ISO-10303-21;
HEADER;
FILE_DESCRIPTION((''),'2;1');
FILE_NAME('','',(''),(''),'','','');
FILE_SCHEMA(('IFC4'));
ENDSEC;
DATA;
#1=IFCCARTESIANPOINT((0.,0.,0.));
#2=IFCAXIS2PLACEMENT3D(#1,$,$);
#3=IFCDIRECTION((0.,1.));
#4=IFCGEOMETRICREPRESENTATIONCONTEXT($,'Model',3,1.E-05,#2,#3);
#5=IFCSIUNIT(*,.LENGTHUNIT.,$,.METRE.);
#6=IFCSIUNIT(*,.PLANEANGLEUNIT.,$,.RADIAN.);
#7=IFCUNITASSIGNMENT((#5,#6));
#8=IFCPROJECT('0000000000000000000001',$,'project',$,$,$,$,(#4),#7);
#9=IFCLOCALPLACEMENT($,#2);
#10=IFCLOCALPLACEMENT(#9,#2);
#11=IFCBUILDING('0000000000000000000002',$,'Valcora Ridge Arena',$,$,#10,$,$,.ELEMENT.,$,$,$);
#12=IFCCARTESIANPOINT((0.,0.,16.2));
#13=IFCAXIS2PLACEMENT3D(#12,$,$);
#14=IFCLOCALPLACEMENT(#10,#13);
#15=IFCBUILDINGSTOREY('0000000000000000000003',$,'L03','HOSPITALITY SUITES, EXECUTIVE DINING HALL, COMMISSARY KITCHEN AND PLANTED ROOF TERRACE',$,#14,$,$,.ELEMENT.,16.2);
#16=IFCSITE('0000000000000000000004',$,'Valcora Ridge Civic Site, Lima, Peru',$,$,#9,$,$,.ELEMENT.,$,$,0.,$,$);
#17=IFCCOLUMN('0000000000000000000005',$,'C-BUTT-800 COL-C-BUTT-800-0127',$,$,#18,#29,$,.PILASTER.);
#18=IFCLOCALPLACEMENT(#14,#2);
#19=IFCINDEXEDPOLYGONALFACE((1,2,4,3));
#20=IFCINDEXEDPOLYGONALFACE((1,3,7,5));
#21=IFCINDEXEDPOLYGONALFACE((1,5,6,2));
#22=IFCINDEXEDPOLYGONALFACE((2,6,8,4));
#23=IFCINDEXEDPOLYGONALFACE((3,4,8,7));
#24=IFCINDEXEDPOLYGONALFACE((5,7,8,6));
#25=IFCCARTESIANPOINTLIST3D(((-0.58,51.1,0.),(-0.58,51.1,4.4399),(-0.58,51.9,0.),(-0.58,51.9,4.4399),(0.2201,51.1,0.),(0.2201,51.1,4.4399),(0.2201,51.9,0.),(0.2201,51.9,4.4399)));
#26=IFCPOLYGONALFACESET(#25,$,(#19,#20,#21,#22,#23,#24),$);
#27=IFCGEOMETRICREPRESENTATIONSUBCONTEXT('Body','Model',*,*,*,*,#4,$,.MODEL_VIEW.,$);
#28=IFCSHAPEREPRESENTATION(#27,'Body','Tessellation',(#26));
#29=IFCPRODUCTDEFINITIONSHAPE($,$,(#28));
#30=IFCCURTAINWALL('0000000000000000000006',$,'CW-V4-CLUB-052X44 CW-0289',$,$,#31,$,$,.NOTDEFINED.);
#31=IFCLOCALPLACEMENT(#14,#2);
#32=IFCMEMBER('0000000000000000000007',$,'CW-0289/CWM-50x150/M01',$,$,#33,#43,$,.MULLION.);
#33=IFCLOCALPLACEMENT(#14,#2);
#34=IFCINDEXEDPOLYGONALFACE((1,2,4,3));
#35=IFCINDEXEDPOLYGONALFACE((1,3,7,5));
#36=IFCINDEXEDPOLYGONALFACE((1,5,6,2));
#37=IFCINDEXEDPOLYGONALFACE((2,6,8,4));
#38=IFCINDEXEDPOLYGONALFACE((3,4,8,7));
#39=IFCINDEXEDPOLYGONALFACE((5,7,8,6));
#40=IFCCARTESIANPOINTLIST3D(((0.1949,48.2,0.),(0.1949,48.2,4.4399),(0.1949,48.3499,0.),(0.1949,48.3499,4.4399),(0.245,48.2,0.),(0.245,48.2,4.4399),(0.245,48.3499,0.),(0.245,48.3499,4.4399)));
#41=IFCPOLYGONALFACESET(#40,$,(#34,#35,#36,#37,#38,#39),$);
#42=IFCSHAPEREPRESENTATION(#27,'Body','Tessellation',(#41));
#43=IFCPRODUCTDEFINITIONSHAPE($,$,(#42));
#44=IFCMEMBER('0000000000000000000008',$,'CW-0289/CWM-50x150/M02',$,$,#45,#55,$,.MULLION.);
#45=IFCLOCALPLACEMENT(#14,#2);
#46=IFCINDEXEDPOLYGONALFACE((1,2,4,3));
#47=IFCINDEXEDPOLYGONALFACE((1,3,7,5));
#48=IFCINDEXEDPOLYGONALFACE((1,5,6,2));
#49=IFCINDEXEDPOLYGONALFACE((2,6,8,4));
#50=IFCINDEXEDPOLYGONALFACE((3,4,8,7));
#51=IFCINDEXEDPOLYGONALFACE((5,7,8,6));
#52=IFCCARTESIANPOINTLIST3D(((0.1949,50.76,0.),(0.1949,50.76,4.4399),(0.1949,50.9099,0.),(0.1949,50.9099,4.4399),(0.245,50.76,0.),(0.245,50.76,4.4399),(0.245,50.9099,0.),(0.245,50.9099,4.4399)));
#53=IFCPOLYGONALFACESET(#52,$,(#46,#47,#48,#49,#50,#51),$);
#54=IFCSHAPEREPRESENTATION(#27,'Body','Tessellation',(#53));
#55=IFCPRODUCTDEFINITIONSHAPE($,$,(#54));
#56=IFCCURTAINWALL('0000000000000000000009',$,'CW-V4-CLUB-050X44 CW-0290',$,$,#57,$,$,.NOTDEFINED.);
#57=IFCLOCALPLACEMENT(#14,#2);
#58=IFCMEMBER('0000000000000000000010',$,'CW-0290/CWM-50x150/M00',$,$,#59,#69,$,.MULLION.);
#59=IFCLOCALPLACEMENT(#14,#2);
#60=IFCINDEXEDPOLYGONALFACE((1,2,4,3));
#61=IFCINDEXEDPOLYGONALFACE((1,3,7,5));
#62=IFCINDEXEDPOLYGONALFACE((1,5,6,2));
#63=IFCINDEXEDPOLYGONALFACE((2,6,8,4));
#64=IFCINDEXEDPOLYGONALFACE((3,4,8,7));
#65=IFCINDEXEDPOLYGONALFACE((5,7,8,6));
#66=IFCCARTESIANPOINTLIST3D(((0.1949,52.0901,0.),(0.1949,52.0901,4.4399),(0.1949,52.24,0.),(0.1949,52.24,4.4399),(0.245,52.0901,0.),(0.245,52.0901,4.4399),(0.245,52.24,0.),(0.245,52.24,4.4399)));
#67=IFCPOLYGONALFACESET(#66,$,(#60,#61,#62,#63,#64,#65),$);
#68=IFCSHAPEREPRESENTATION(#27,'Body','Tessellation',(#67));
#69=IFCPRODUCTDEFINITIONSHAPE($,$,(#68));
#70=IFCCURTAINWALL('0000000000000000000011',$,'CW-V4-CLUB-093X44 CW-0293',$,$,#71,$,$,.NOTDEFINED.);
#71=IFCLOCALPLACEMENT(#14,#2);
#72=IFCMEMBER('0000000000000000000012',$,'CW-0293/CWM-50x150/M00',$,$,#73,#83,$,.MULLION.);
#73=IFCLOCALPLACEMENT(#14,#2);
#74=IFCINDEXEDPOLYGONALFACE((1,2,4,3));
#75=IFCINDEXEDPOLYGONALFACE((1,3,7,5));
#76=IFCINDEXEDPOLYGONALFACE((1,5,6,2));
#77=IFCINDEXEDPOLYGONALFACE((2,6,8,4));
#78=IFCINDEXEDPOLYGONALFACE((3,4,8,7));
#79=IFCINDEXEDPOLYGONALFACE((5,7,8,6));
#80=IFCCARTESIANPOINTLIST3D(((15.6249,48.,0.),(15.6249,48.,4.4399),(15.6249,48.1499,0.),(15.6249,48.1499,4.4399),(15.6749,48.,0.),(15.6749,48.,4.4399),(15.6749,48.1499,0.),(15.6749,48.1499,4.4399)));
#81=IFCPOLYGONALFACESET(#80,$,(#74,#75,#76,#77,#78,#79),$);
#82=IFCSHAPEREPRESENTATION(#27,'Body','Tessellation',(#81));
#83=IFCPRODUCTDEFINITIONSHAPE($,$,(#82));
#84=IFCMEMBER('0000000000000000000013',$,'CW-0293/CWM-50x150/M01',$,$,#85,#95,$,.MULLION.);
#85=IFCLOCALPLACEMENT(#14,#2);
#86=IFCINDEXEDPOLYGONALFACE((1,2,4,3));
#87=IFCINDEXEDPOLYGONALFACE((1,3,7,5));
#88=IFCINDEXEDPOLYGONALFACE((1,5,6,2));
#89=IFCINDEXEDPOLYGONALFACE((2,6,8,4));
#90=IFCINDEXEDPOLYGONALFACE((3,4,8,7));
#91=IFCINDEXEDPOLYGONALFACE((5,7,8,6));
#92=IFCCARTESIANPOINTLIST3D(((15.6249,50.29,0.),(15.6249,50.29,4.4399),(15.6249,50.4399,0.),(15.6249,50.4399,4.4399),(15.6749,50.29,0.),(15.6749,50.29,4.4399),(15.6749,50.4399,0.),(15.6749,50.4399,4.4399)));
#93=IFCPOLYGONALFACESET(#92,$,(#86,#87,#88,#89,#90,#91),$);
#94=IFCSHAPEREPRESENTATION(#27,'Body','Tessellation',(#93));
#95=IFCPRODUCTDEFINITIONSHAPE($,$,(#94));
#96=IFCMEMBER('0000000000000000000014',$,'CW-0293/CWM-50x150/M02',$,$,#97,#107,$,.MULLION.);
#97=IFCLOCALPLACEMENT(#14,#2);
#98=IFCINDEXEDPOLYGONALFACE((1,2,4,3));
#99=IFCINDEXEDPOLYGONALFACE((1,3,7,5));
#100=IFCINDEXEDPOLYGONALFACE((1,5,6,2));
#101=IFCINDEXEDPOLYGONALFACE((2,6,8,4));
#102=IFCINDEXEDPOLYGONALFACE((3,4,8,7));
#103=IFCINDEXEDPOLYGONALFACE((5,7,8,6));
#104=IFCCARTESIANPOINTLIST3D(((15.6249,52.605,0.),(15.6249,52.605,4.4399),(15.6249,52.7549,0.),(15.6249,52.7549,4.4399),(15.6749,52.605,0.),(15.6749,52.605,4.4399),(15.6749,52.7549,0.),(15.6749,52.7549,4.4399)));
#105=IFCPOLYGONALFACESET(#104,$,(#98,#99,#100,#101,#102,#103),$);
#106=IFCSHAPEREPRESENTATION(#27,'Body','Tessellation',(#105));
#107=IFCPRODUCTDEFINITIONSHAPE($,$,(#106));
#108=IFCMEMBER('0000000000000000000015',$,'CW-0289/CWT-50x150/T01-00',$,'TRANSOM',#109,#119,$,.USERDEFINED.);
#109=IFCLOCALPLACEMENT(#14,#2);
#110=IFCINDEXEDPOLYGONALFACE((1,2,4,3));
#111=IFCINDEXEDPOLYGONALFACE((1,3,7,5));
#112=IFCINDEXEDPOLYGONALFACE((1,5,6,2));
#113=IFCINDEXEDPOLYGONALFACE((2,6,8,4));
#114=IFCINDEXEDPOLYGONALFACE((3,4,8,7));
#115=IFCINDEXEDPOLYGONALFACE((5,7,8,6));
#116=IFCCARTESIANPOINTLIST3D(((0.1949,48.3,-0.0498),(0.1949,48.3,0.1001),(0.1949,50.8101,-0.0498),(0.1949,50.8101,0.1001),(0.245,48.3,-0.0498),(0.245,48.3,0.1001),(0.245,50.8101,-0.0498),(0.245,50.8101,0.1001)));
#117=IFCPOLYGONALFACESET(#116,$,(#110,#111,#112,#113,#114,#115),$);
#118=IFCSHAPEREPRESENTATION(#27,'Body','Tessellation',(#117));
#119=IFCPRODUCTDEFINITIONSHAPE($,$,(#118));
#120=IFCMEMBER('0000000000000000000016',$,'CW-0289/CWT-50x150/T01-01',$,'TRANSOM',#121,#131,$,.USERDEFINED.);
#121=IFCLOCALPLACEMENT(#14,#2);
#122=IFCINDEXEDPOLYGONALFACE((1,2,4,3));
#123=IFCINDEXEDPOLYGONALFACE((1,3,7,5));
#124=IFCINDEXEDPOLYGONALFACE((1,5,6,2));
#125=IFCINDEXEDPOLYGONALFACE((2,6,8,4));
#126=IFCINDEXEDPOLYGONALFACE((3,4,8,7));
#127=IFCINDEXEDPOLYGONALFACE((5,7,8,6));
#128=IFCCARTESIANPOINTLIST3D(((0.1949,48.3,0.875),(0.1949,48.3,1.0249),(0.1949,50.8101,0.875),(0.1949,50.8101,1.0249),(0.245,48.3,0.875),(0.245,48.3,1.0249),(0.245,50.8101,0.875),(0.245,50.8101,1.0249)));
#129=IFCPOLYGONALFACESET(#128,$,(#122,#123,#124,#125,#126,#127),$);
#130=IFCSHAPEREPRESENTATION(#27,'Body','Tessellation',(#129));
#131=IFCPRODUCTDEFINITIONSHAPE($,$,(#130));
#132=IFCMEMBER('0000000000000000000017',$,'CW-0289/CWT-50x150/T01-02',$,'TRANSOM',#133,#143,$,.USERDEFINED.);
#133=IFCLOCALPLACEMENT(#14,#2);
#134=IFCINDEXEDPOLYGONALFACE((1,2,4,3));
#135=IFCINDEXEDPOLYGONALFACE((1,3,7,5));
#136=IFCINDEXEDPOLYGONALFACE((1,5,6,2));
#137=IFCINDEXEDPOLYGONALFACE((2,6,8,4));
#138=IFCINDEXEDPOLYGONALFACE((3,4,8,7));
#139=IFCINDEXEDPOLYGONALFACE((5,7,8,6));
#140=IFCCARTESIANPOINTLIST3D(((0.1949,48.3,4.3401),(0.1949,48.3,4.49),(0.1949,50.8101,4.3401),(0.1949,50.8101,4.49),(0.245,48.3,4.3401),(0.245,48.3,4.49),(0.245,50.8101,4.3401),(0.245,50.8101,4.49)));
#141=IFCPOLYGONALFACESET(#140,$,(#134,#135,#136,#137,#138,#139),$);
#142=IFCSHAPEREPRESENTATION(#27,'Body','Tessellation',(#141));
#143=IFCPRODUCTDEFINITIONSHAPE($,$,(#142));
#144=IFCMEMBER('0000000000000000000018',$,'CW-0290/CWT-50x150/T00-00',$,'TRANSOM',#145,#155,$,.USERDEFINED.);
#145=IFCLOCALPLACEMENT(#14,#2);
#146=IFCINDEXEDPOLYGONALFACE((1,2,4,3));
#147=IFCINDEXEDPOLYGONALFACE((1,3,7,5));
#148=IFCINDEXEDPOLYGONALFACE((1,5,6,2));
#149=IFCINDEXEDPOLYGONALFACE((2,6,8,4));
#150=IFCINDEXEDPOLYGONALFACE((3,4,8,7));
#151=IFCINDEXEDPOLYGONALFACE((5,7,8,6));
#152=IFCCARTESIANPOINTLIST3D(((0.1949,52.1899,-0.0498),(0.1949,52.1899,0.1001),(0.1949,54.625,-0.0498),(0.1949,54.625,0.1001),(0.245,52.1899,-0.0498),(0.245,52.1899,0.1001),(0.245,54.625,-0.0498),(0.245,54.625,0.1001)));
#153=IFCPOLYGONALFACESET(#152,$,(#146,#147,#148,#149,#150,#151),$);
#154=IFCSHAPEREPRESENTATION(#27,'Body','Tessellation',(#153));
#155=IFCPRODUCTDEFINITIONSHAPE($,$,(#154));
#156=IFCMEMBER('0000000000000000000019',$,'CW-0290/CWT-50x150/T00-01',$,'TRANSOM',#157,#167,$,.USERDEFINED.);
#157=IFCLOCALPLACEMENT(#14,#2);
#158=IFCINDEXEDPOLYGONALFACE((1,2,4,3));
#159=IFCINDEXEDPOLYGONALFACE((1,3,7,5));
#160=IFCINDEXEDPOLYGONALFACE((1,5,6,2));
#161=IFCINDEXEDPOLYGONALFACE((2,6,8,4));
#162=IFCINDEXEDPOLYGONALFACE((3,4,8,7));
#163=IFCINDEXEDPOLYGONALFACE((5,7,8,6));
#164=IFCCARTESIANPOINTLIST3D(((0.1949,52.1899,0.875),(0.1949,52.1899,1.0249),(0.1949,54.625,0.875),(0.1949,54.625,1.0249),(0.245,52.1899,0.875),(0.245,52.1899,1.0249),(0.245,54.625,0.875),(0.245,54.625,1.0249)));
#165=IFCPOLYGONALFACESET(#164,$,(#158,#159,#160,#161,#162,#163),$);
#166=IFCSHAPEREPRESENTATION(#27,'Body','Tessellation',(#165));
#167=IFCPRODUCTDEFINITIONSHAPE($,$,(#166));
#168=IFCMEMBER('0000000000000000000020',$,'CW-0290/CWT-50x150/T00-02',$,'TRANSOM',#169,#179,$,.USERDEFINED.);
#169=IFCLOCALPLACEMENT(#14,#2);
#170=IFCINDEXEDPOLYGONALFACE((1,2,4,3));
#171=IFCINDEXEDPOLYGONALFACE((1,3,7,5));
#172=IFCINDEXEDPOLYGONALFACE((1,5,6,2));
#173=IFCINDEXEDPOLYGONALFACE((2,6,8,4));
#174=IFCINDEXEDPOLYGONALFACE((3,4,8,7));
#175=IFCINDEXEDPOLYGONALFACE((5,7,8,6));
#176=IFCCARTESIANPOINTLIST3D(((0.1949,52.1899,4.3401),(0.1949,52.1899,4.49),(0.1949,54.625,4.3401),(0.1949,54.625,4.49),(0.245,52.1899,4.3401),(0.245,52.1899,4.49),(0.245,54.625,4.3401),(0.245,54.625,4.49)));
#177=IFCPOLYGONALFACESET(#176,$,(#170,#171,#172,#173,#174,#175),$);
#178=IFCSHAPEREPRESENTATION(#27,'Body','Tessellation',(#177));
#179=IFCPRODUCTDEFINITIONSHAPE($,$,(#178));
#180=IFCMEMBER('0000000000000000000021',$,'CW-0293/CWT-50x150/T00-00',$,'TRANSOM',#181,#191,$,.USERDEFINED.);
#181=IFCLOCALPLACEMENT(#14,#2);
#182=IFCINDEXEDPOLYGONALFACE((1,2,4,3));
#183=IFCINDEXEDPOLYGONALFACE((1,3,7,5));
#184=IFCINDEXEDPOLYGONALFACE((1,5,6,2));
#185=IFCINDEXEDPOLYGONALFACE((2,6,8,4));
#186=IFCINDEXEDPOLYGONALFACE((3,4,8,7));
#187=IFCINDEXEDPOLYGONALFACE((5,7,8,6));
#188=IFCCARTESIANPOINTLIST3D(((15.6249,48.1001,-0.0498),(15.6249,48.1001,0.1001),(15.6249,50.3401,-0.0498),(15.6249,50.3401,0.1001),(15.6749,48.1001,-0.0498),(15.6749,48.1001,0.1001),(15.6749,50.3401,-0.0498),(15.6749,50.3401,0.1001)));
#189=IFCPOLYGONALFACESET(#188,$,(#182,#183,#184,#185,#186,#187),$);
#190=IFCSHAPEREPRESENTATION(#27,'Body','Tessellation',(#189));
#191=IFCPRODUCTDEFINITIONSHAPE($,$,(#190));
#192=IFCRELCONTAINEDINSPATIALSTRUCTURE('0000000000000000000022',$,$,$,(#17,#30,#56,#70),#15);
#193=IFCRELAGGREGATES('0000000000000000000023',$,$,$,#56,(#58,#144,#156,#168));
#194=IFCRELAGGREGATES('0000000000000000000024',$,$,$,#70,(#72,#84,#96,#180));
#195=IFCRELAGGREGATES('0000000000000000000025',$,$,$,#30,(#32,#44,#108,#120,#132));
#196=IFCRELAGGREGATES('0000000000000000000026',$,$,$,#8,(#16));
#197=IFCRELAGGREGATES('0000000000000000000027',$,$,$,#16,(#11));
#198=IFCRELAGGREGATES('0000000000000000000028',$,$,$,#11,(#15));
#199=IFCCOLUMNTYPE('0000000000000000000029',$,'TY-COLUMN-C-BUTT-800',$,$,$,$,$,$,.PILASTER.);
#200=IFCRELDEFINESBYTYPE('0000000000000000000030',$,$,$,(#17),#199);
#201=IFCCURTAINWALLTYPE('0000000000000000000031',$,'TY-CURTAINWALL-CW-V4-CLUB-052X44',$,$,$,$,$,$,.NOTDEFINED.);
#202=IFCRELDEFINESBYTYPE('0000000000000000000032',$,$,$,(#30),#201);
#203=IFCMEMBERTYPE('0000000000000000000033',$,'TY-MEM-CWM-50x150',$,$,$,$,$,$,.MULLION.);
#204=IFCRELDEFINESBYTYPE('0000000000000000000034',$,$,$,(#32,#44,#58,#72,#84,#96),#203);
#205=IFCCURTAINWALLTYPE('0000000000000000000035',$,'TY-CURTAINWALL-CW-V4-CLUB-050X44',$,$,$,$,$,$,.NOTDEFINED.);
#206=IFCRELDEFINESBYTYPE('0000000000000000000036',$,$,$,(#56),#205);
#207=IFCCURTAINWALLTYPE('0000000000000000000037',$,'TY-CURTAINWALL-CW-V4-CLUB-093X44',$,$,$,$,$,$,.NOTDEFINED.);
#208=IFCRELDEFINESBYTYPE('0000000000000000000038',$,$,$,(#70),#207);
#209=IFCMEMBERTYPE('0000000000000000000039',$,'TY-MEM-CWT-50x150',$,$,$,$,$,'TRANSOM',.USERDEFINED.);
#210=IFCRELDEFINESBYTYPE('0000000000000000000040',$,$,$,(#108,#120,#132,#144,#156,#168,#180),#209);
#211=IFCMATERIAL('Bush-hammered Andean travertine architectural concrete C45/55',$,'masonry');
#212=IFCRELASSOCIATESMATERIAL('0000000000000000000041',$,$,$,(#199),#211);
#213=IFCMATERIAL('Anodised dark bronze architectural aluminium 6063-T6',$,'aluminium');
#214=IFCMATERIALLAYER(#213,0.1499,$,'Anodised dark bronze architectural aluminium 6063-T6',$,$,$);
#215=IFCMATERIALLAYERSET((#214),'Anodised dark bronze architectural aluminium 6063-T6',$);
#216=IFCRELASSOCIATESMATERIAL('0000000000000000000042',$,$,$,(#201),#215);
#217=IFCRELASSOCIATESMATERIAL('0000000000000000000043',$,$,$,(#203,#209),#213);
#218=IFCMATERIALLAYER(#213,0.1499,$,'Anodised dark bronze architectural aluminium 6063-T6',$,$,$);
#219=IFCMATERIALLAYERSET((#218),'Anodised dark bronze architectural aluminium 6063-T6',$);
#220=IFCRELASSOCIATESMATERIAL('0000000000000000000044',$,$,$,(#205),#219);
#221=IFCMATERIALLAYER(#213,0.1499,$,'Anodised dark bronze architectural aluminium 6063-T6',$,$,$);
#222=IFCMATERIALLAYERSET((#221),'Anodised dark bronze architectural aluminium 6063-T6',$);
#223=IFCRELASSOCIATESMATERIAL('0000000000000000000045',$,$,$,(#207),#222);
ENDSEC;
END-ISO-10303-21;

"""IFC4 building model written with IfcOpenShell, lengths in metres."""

from ifc_helpers import new_model, si_unit, direction, frame, origin, origin_2d, place, context, subcontext, project, spatial, rectangle, extrude, material, layer, layer_set, material_profile, profile_set, type_object, element, aggregate, save


model = new_model("IFC4")

# Units and contexts
model_context = context("Model", 3, precision=1e-05, world=origin(), true_north=direction((0.0, 1.0)))
body_context = subcontext(model_context, "Body", "Model", "MODEL_VIEW")
ifc_project = project(units=[si_unit("LENGTHUNIT", "METRE"), si_unit("PLANEANGLEUNIT", "RADIAN")], contexts=[model_context])

# Site, building, storey
site_placement = place(None, origin())
site = spatial("IfcSite", under=ifc_project, at=site_placement, Name="Valcora Ridge Civic Site, Lima, Peru", CompositionType="ELEMENT", RefElevation=0.0)
building_placement = place(site_placement, origin())
building = spatial("IfcBuilding", under=site, at=building_placement, Name="Valcora Ridge Arena", CompositionType="ELEMENT")
storey_placement = place(building_placement, frame((0.0, 0.0, 16.2)))
storey = spatial("IfcBuildingStorey", under=building, at=storey_placement, Name="L03", Description="HOSPITALITY SUITES, EXECUTIVE DINING HALL, COMMISSARY KITCHEN AND PLANTED ROOF TERRACE", CompositionType="ELEMENT", Elevation=16.2)

# Column
ifc_material_1 = material(Name="Bush-hammered Andean travertine architectural concrete C45/55", Category="masonry")
ifc_material_profile_1 = material_profile(ifc_material_1, rectangle(XDim=0.8, YDim=0.8, at=origin_2d()), Name="RC 800x800")
ifc_profile_set_1 = profile_set([ifc_material_profile_1], Name="Bush-hammered Andean travertine architectural concrete C45/55")
column_type = type_object("IfcColumnType", Name="TY-COLUMN-C-BUTT-800", PredefinedType="PILASTER", material=ifc_profile_set_1)
column_placement = place(storey_placement, frame((-0.1799, 51.5, 0.0), z_axis=(0.0, 0.0, 1.0), x_axis=(1.0, 0.0, 0.0)))
element("IfcColumn", 1, at=column_placement, inside=storey, type_object=column_type, Name="C-BUTT-800 COL-C-BUTT-800-0127", PredefinedType="PILASTER", context=body_context, shape_type="SweptSolid", body=[
    extrude(rectangle(XDim=0.8, YDim=0.8, at=origin_2d()), origin(), (0.0, 0.0, 1.0), 4.4399),
])

# Curtain wall, members
ifc_material_2 = material(Name="Anodised dark bronze architectural aluminium 6063-T6", Category="aluminium")
ifc_layer_1 = layer(ifc_material_2, 0.1499, Name="Anodised dark bronze architectural aluminium 6063-T6")
ifc_layer_set_1 = layer_set([ifc_layer_1], Name="Anodised dark bronze architectural aluminium 6063-T6")
curtain_wall_type_1 = type_object("IfcCurtainWallType", Name="TY-CURTAINWALL-CW-V4-CLUB-052X44", PredefinedType="NOTDEFINED", material=ifc_layer_set_1)
curtain_wall_1_placement = place(storey_placement, origin())
curtain_wall_1 = element("IfcCurtainWall", 2, at=curtain_wall_1_placement, inside=storey, type_object=curtain_wall_type_1, Name="CW-V4-CLUB-052X44 CW-0289", PredefinedType="NOTDEFINED")
ifc_material_profile_2 = material_profile(ifc_material_2, rectangle(XDim=0.05, YDim=0.1499, at=origin_2d()), Name="ALU MULLION 50x150")
ifc_profile_set_2 = profile_set([ifc_material_profile_2], Name="Anodised dark bronze architectural aluminium 6063-T6")
member_type_1 = type_object("IfcMemberType", Name="TY-MEM-CWM-50x150", PredefinedType="MULLION", material=ifc_profile_set_2)
member_1_placement = place(storey_placement, frame((0.22, 48.2749, 0.0), z_axis=(0.0, 0.0, 1.0), x_axis=(-1.0, 0.0, 0.0)))
member_1 = element("IfcMember", 3, at=member_1_placement, type_object=member_type_1, Name="CW-0289/CWM-50x150/M01", PredefinedType="MULLION", context=body_context, shape_type="SweptSolid", body=[
    extrude(rectangle(XDim=0.05, YDim=0.1499, at=origin_2d()), origin(), (0.0, 0.0, 1.0), 4.4399),
])
member_2_placement = place(storey_placement, frame((0.22, 50.835, 0.0), z_axis=(0.0, 0.0, 1.0), x_axis=(-1.0, 0.0, 0.0)))
member_2 = element("IfcMember", 4, at=member_2_placement, type_object=member_type_1, Name="CW-0289/CWM-50x150/M02", PredefinedType="MULLION", context=body_context, shape_type="SweptSolid", body=[
    extrude(rectangle(XDim=0.05, YDim=0.1499, at=origin_2d()), origin(), (0.0, 0.0, 1.0), 4.4399),
])

# Curtain wall, member
ifc_layer_2 = layer(ifc_material_2, 0.1499, Name="Anodised dark bronze architectural aluminium 6063-T6")
ifc_layer_set_2 = layer_set([ifc_layer_2], Name="Anodised dark bronze architectural aluminium 6063-T6")
curtain_wall_type_2 = type_object("IfcCurtainWallType", Name="TY-CURTAINWALL-CW-V4-CLUB-050X44", PredefinedType="NOTDEFINED", material=ifc_layer_set_2)
curtain_wall_2_placement = place(storey_placement, origin())
curtain_wall_2 = element("IfcCurtainWall", 5, at=curtain_wall_2_placement, inside=storey, type_object=curtain_wall_type_2, Name="CW-V4-CLUB-050X44 CW-0290", PredefinedType="NOTDEFINED")
member_3_placement = place(storey_placement, frame((0.22, 52.165, 0.0), z_axis=(0.0, 0.0, 1.0), x_axis=(-1.0, 0.0, 0.0)))
member_3 = element("IfcMember", 6, at=member_3_placement, type_object=member_type_1, Name="CW-0290/CWM-50x150/M00", PredefinedType="MULLION", context=body_context, shape_type="SweptSolid", body=[
    extrude(rectangle(XDim=0.05, YDim=0.1499, at=origin_2d()), origin(), (0.0, 0.0, 1.0), 4.4399),
])

# Curtain wall, members
ifc_layer_3 = layer(ifc_material_2, 0.1499, Name="Anodised dark bronze architectural aluminium 6063-T6")
ifc_layer_set_3 = layer_set([ifc_layer_3], Name="Anodised dark bronze architectural aluminium 6063-T6")
curtain_wall_type_3 = type_object("IfcCurtainWallType", Name="TY-CURTAINWALL-CW-V4-CLUB-093X44", PredefinedType="NOTDEFINED", material=ifc_layer_set_3)
curtain_wall_3_placement = place(storey_placement, origin())
curtain_wall_3 = element("IfcCurtainWall", 7, at=curtain_wall_3_placement, inside=storey, type_object=curtain_wall_type_3, Name="CW-V4-CLUB-093X44 CW-0293", PredefinedType="NOTDEFINED")
member_4_placement = place(storey_placement, frame((15.6499, 48.075, 0.0), z_axis=(0.0, 0.0, 1.0), x_axis=(-1.0, 0.0, 0.0)))
member_4 = element("IfcMember", 8, at=member_4_placement, type_object=member_type_1, Name="CW-0293/CWM-50x150/M00", PredefinedType="MULLION", context=body_context, shape_type="SweptSolid", body=[
    extrude(rectangle(XDim=0.05, YDim=0.1499, at=origin_2d()), origin(), (0.0, 0.0, 1.0), 4.4399),
])
member_5_placement = place(storey_placement, frame((15.6499, 50.365, 0.0), z_axis=(0.0, 0.0, 1.0), x_axis=(-1.0, 0.0, 0.0)))
member_5 = element("IfcMember", 9, at=member_5_placement, type_object=member_type_1, Name="CW-0293/CWM-50x150/M01", PredefinedType="MULLION", context=body_context, shape_type="SweptSolid", body=[
    extrude(rectangle(XDim=0.05, YDim=0.1499, at=origin_2d()), origin(), (0.0, 0.0, 1.0), 4.4399),
])
member_6_placement = place(storey_placement, frame((15.6499, 52.6799, 0.0), z_axis=(0.0, 0.0, 1.0), x_axis=(-1.0, 0.0, 0.0)))
member_6 = element("IfcMember", 10, at=member_6_placement, type_object=member_type_1, Name="CW-0293/CWM-50x150/M02", PredefinedType="MULLION", context=body_context, shape_type="SweptSolid", body=[
    extrude(rectangle(XDim=0.05, YDim=0.1499, at=origin_2d()), origin(), (0.0, 0.0, 1.0), 4.4399),
])

# Members
ifc_material_profile_3 = material_profile(ifc_material_2, rectangle(XDim=0.05, YDim=0.1499, at=origin_2d()), Name="ALU TRANSOM 50x150")
ifc_profile_set_3 = profile_set([ifc_material_profile_3], Name="Anodised dark bronze architectural aluminium 6063-T6")
member_type_2 = type_object("IfcMemberType", Name="TY-MEM-CWT-50x150", ElementType="TRANSOM", PredefinedType="USERDEFINED", material=ifc_profile_set_3)
member_7_placement = place(storey_placement, frame((0.22, 48.3, 0.0251), z_axis=(0.0, 1.0, 0.0), x_axis=(-1.0, 0.0, 0.0)))
member_7 = element("IfcMember", 11, at=member_7_placement, type_object=member_type_2, Name="CW-0289/CWT-50x150/T01-00", ObjectType="TRANSOM", PredefinedType="USERDEFINED", context=body_context, shape_type="SweptSolid", body=[
    extrude(rectangle(XDim=0.05, YDim=0.1499, at=origin_2d()), origin(), (0.0, 0.0, 1.0), 2.51),
])
member_8_placement = place(storey_placement, frame((0.22, 48.3, 0.95), z_axis=(0.0, 1.0, 0.0), x_axis=(-1.0, 0.0, 0.0)))
member_8 = element("IfcMember", 12, at=member_8_placement, type_object=member_type_2, Name="CW-0289/CWT-50x150/T01-01", ObjectType="TRANSOM", PredefinedType="USERDEFINED", context=body_context, shape_type="SweptSolid", body=[
    extrude(rectangle(XDim=0.05, YDim=0.1499, at=origin_2d()), origin(), (0.0, 0.0, 1.0), 2.51),
])
member_9_placement = place(storey_placement, frame((0.22, 48.3, 4.415), z_axis=(0.0, 1.0, 0.0), x_axis=(-1.0, 0.0, 0.0)))
member_9 = element("IfcMember", 13, at=member_9_placement, type_object=member_type_2, Name="CW-0289/CWT-50x150/T01-02", ObjectType="TRANSOM", PredefinedType="USERDEFINED", context=body_context, shape_type="SweptSolid", body=[
    extrude(rectangle(XDim=0.05, YDim=0.1499, at=origin_2d()), origin(), (0.0, 0.0, 1.0), 2.51),
])
member_10_placement = place(storey_placement, frame((0.22, 52.1899, 0.0251), z_axis=(0.0, 1.0, 0.0), x_axis=(-1.0, 0.0, 0.0)))
member_10 = element("IfcMember", 14, at=member_10_placement, type_object=member_type_2, Name="CW-0290/CWT-50x150/T00-00", ObjectType="TRANSOM", PredefinedType="USERDEFINED", context=body_context, shape_type="SweptSolid", body=[
    extrude(rectangle(XDim=0.05, YDim=0.1499, at=origin_2d()), origin(), (0.0, 0.0, 1.0), 2.4351),
])
member_11_placement = place(storey_placement, frame((0.22, 52.1899, 0.95), z_axis=(0.0, 1.0, 0.0), x_axis=(-1.0, 0.0, 0.0)))
member_11 = element("IfcMember", 15, at=member_11_placement, type_object=member_type_2, Name="CW-0290/CWT-50x150/T00-01", ObjectType="TRANSOM", PredefinedType="USERDEFINED", context=body_context, shape_type="SweptSolid", body=[
    extrude(rectangle(XDim=0.05, YDim=0.1499, at=origin_2d()), origin(), (0.0, 0.0, 1.0), 2.4351),
])
member_12_placement = place(storey_placement, frame((0.22, 52.1899, 4.415), z_axis=(0.0, 1.0, 0.0), x_axis=(-1.0, 0.0, 0.0)))
member_12 = element("IfcMember", 16, at=member_12_placement, type_object=member_type_2, Name="CW-0290/CWT-50x150/T00-02", ObjectType="TRANSOM", PredefinedType="USERDEFINED", context=body_context, shape_type="SweptSolid", body=[
    extrude(rectangle(XDim=0.05, YDim=0.1499, at=origin_2d()), origin(), (0.0, 0.0, 1.0), 2.4351),
])
aggregate(curtain_wall_2, [member_3, member_10, member_11, member_12])
member_13_placement = place(storey_placement, frame((15.6499, 48.1001, 0.0251), z_axis=(0.0, 1.0, 0.0), x_axis=(-1.0, 0.0, 0.0)))
member_13 = element("IfcMember", 17, at=member_13_placement, type_object=member_type_2, Name="CW-0293/CWT-50x150/T00-00", ObjectType="TRANSOM", PredefinedType="USERDEFINED", context=body_context, shape_type="SweptSolid", body=[
    extrude(rectangle(XDim=0.05, YDim=0.1499, at=origin_2d()), origin(), (0.0, 0.0, 1.0), 2.24),
])

aggregate(curtain_wall_3, [member_4, member_5, member_6, member_13])
aggregate(curtain_wall_1, [member_1, member_2, member_7, member_8, member_9])

save(model, "model.ifc")
